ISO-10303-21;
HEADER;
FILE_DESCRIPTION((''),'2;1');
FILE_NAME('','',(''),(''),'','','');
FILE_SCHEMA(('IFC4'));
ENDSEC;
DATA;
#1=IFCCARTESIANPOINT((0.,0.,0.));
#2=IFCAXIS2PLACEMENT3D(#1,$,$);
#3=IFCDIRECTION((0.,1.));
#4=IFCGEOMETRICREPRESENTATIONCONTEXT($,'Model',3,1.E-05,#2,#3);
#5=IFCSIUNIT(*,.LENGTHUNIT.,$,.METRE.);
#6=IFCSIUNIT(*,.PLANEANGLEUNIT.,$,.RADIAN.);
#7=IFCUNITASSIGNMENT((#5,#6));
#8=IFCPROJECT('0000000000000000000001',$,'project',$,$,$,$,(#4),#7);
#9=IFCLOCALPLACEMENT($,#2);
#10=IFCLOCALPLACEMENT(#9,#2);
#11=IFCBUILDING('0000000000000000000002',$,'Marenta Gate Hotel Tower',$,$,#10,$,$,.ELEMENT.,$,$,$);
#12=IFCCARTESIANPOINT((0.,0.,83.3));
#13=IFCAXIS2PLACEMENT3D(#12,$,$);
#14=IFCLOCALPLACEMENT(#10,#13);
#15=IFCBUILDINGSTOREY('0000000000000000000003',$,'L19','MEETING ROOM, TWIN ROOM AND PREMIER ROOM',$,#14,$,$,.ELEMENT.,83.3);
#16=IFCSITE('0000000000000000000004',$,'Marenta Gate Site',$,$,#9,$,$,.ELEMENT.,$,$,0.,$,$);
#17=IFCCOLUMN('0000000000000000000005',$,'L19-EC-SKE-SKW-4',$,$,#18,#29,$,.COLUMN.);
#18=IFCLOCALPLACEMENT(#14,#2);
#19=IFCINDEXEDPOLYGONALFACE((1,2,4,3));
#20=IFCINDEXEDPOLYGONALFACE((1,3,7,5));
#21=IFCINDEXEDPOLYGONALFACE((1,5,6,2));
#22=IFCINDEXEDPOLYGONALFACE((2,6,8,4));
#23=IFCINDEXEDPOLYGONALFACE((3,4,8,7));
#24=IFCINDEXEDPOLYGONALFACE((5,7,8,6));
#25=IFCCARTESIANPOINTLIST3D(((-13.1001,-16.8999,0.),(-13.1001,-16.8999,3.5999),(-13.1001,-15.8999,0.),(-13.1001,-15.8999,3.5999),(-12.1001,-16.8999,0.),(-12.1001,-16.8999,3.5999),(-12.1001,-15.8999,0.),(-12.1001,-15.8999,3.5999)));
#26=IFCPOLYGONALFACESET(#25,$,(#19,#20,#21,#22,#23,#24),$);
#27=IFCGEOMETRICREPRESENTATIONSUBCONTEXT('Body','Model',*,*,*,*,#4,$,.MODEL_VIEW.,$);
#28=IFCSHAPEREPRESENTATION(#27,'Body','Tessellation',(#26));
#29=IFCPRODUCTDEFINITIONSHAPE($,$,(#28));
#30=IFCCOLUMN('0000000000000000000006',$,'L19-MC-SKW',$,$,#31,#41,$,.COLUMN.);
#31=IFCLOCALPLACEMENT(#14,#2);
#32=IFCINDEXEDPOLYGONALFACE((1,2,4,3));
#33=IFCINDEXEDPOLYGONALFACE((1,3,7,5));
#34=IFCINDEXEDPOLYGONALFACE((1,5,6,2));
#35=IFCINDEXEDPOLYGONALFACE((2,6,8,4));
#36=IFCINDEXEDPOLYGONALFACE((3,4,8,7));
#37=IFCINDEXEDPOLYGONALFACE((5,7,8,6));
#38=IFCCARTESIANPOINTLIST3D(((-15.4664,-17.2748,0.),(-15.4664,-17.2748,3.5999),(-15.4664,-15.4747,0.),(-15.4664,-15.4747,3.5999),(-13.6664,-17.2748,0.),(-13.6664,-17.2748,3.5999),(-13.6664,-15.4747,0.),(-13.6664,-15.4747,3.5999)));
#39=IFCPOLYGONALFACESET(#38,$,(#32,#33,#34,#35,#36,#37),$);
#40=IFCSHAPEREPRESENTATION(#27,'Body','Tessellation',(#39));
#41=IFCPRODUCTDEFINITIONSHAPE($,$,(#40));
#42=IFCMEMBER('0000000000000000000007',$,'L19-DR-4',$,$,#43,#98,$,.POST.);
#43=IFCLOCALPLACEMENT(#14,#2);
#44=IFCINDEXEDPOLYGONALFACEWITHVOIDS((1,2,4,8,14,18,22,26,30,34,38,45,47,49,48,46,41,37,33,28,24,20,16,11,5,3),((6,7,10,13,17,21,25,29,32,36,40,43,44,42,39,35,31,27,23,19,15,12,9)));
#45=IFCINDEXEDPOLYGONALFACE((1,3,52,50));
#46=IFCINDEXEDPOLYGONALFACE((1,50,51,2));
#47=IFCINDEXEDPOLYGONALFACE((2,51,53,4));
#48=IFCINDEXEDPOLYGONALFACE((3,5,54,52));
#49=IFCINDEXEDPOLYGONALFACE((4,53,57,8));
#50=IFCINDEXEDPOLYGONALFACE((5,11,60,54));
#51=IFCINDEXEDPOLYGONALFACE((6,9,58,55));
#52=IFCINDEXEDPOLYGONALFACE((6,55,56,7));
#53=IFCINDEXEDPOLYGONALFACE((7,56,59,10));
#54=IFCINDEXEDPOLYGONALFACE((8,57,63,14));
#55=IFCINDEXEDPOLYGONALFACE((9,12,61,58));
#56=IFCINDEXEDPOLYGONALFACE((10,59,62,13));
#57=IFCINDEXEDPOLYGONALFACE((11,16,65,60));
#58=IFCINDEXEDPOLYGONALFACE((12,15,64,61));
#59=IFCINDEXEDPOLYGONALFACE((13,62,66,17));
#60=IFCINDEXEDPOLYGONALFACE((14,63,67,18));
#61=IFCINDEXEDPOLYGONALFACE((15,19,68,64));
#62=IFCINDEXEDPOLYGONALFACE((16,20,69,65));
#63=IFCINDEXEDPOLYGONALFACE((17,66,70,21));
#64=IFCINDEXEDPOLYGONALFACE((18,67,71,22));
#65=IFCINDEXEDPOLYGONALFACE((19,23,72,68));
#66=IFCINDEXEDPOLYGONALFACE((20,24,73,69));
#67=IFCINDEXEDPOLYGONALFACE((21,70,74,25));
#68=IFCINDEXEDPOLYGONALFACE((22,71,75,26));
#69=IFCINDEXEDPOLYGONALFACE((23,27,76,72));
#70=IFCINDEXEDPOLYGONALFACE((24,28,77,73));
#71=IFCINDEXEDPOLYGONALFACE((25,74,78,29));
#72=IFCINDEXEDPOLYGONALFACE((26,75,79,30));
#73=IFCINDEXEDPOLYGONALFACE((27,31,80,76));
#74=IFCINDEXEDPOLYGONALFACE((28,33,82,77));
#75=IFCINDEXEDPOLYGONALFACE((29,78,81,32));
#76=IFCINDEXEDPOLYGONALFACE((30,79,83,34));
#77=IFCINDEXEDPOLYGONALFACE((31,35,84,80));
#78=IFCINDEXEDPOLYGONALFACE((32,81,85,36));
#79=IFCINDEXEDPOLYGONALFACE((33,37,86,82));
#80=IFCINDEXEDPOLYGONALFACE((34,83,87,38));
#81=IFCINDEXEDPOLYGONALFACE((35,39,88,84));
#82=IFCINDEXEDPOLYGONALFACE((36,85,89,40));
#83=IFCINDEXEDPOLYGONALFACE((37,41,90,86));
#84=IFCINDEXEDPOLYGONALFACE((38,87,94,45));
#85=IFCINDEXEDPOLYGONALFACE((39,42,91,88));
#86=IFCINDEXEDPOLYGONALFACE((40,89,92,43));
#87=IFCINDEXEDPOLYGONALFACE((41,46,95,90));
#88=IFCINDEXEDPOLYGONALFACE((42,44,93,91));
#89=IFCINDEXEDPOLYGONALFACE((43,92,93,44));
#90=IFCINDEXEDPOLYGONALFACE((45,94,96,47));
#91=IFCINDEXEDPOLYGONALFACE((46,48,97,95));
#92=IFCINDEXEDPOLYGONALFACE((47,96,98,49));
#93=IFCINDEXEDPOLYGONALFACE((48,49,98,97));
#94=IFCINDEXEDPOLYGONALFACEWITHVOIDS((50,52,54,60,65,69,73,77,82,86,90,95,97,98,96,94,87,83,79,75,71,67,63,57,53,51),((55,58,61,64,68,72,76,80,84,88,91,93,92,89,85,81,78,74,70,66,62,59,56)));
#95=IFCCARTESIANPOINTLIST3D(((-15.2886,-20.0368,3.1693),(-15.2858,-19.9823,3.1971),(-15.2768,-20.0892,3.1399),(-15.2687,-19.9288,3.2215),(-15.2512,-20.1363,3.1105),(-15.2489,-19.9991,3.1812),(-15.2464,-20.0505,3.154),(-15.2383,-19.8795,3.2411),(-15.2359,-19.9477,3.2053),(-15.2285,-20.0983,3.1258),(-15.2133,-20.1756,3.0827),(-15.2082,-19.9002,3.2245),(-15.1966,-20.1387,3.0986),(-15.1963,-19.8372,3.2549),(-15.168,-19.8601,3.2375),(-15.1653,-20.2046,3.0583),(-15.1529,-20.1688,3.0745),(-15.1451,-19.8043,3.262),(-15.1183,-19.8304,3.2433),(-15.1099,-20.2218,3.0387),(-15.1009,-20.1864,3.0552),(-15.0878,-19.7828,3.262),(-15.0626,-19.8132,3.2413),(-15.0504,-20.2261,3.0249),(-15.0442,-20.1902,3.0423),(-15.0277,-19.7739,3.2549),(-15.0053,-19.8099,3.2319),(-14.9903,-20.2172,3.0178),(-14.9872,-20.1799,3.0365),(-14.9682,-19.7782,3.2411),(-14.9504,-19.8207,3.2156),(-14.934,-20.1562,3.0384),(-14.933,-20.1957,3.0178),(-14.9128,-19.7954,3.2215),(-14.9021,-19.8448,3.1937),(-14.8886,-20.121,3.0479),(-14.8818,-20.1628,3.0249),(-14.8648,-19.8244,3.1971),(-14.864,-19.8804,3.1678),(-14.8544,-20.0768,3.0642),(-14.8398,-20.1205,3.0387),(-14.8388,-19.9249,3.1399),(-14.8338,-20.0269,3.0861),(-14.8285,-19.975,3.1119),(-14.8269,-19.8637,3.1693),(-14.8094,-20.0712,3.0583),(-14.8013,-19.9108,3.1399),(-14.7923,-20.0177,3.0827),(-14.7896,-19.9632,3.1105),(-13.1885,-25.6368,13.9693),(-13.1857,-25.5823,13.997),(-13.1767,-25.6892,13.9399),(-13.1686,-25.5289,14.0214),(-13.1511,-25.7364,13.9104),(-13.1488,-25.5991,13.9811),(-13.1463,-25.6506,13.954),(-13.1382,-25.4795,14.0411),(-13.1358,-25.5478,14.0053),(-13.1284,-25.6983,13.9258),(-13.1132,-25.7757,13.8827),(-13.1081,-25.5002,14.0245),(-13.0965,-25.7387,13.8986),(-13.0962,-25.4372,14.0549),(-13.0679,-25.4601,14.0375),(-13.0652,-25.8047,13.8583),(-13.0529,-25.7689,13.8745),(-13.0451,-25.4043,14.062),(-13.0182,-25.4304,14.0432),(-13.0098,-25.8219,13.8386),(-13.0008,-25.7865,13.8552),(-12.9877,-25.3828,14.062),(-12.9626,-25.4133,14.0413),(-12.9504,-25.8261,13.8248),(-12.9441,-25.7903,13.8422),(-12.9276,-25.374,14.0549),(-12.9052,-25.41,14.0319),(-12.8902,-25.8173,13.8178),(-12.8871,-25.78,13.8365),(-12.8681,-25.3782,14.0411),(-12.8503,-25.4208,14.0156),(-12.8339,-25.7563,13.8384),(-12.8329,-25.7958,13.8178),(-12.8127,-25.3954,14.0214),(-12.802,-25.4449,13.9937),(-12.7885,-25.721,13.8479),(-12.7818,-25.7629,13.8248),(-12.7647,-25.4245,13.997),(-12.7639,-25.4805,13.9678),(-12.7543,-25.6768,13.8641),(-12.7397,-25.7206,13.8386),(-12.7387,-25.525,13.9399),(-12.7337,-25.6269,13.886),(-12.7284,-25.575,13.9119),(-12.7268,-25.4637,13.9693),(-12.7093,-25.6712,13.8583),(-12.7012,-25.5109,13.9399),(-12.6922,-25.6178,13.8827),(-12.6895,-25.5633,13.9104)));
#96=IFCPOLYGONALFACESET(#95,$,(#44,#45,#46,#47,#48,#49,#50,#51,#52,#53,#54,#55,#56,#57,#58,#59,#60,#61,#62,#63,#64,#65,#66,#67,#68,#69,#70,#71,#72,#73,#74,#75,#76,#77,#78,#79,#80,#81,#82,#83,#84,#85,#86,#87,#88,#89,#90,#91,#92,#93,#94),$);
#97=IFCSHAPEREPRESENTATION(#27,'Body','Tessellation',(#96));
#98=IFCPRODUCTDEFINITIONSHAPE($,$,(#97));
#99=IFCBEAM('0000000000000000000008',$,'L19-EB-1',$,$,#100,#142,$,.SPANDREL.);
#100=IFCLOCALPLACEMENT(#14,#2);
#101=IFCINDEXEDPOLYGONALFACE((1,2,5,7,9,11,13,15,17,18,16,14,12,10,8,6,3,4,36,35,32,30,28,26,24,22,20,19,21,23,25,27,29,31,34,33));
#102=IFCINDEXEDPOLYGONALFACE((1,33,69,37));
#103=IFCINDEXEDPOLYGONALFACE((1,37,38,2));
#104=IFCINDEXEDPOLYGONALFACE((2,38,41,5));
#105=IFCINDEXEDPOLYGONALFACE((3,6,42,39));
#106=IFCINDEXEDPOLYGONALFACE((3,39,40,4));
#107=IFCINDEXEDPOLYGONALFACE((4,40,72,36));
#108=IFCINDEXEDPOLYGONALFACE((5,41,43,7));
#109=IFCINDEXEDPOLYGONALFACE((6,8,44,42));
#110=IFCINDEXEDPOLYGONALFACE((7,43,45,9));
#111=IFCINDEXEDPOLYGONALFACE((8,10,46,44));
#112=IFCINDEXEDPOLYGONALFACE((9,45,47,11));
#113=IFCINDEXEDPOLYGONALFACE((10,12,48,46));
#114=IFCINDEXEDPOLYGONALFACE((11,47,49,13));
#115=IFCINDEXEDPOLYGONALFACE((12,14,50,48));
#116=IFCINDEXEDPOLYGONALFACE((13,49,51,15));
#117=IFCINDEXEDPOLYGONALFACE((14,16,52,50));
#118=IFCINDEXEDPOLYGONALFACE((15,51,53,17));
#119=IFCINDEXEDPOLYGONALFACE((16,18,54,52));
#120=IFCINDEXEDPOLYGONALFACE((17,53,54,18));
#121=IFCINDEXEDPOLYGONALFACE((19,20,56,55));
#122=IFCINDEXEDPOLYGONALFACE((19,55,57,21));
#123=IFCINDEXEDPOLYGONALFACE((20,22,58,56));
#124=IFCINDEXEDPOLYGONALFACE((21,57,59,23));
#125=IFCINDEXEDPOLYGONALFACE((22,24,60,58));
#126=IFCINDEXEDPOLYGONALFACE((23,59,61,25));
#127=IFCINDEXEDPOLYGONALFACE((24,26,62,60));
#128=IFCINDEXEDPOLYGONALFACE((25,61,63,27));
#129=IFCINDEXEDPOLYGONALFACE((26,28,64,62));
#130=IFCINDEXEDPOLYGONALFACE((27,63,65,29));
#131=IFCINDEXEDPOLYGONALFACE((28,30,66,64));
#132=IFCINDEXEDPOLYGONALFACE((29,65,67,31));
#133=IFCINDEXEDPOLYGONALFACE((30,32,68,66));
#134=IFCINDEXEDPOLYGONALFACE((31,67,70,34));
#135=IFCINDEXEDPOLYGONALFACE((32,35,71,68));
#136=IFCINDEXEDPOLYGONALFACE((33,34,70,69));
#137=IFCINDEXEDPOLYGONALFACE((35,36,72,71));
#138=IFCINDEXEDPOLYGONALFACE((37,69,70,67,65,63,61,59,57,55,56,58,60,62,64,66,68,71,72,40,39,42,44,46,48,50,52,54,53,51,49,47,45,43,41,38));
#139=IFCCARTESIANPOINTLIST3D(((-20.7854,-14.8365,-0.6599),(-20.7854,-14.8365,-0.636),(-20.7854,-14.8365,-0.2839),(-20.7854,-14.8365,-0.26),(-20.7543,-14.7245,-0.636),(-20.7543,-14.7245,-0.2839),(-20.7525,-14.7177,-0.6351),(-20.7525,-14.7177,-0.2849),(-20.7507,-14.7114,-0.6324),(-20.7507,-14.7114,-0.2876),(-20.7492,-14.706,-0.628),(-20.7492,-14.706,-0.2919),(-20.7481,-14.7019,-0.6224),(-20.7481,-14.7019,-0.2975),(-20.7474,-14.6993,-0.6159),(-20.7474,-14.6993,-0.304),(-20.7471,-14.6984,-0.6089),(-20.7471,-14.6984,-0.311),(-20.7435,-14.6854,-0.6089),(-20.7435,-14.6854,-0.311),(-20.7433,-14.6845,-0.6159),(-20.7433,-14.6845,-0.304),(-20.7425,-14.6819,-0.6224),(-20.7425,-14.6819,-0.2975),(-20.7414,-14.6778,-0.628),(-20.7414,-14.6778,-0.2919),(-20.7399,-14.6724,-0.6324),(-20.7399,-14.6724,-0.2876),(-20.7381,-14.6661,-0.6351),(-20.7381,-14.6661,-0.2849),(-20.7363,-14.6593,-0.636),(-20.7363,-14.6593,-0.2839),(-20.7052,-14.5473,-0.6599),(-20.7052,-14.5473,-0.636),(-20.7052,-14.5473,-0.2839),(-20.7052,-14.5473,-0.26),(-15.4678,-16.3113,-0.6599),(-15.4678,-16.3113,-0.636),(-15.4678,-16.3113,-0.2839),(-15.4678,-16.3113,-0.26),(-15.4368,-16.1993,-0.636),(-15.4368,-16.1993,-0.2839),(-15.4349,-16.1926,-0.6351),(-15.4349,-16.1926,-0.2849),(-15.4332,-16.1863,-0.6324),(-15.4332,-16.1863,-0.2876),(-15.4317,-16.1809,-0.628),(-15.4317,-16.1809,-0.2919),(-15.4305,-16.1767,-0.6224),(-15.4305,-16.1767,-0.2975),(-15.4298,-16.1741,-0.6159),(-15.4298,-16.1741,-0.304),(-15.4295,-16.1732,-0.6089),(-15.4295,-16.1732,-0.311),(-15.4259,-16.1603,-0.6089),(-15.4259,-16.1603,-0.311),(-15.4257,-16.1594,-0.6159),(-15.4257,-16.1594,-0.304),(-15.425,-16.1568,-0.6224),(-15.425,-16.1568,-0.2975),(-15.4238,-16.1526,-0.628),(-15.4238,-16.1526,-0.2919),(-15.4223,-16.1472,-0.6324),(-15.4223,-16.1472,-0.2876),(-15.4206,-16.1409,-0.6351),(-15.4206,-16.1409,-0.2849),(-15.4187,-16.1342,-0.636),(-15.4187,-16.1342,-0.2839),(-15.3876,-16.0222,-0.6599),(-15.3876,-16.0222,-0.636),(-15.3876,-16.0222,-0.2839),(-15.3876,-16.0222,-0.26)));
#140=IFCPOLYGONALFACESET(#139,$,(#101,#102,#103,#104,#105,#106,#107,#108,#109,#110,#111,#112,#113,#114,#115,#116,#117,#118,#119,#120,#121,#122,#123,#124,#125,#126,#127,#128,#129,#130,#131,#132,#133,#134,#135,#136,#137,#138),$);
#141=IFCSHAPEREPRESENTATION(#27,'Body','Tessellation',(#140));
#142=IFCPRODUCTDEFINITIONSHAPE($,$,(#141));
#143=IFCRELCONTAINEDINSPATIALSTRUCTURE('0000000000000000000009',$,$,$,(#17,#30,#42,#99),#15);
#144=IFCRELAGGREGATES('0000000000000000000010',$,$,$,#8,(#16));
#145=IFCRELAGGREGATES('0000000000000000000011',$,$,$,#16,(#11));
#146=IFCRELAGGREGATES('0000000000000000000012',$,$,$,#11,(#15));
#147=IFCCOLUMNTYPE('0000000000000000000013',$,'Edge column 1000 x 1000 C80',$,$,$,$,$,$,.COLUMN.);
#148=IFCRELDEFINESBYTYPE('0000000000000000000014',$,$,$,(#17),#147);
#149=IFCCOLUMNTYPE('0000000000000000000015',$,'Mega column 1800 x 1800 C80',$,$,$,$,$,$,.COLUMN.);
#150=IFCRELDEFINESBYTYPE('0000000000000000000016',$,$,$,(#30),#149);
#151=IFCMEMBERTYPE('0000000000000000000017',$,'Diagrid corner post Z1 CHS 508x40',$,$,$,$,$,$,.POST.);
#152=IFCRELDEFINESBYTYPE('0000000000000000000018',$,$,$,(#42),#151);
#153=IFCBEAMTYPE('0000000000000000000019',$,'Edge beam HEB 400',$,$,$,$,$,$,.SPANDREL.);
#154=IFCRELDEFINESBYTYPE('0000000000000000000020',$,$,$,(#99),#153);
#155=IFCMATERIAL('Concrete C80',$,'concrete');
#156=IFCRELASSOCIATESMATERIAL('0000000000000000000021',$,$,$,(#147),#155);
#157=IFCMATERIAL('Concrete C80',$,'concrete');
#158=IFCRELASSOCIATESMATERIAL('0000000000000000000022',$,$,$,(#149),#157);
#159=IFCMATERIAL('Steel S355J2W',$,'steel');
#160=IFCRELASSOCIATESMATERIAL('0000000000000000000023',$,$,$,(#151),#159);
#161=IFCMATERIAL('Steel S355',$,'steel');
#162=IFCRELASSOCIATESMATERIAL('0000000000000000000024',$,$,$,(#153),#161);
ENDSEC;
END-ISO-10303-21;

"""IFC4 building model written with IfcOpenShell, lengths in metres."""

from ifc_helpers import new_model, si_unit, direction, frame, origin, origin_2d, place, context, subcontext, project, spatial, rectangle, hollow_circle, i_section, extrude, material, material_profile, profile_set, type_object, element, save


model = new_model("IFC4")

# Units and contexts
model_context = context("Model", 3, precision=1e-05, world=origin(), true_north=direction((0.0, 1.0)))
body_context = subcontext(model_context, "Body", "Model", "MODEL_VIEW")
ifc_project = project(units=[si_unit("LENGTHUNIT", "METRE"), si_unit("PLANEANGLEUNIT", "RADIAN")], contexts=[model_context])

# Site, building, storey
site_placement = place(None, origin())
site = spatial("IfcSite", under=ifc_project, at=site_placement, Name="Marenta Gate Site", CompositionType="ELEMENT", RefElevation=0.0)
building_placement = place(site_placement, origin())
building = spatial("IfcBuilding", under=site, at=building_placement, Name="Marenta Gate Hotel Tower", CompositionType="ELEMENT")
storey_placement = place(building_placement, frame((0.0, 0.0, 83.3)))
storey = spatial("IfcBuildingStorey", under=building, at=storey_placement, Name="L19", Description="MEETING ROOM, TWIN ROOM AND PREMIER ROOM", CompositionType="ELEMENT", Elevation=83.3)

# Columns
ifc_material_1 = material(Name="Concrete C80", Category="concrete")
ifc_material_profile_1 = material_profile(ifc_material_1, rectangle(XDim=1.0, YDim=1.0, at=origin_2d()), Name="1000 x 1000")
ifc_profile_set_1 = profile_set([ifc_material_profile_1], Name="Concrete C80")
column_type_1 = type_object("IfcColumnType", Name="Edge column 1000 x 1000 C80", PredefinedType="COLUMN", material=ifc_profile_set_1)
column_1_placement = place(storey_placement, frame((-12.6001, -16.3999, 0.0), z_axis=(0.0, 0.0, 1.0), x_axis=(1.0, 0.0, 0.0)))
element("IfcColumn", 1, at=column_1_placement, inside=storey, type_object=column_type_1, Name="L19-EC-SKE-SKW-4", PredefinedType="COLUMN", context=body_context, shape_type="SweptSolid", body=[
    extrude(rectangle(XDim=1.0, YDim=1.0, at=origin_2d()), origin(), (0.0, 0.0, 1.0), 3.5999),
])
ifc_material_2 = material(Name="Concrete C80", Category="concrete")
ifc_material_profile_2 = material_profile(ifc_material_2, rectangle(XDim=1.8, YDim=1.8, at=origin_2d()), Name="1800 x 1800")
ifc_profile_set_2 = profile_set([ifc_material_profile_2], Name="Concrete C80")
column_type_2 = type_object("IfcColumnType", Name="Mega column 1800 x 1800 C80", PredefinedType="COLUMN", material=ifc_profile_set_2)
column_2_placement = place(storey_placement, frame((-14.5664, -16.3748, 0.0), z_axis=(0.0, 0.0, 1.0), x_axis=(1.0, 0.0, 0.0)))
element("IfcColumn", 2, at=column_2_placement, inside=storey, type_object=column_type_2, Name="L19-MC-SKW", PredefinedType="COLUMN", context=body_context, shape_type="SweptSolid", body=[
    extrude(rectangle(XDim=1.8, YDim=1.8, at=origin_2d()), origin(), (0.0, 0.0, 1.0), 3.5999),
])

# Member
ifc_material_3 = material(Name="Steel S355J2W", Category="steel")
ifc_material_profile_3 = material_profile(ifc_material_3, hollow_circle(Radius=0.2539, WallThickness=0.04, at=origin_2d()), Name="CHS 508x40")
ifc_profile_set_3 = profile_set([ifc_material_profile_3], Name="Steel S355J2W")
member_type_1 = type_object("IfcMemberType", Name="Diagrid corner post Z1 CHS 508x40", PredefinedType="POST", material=ifc_profile_set_3)
member_1_placement = place(storey_placement, frame((-15.0391, -20.0, 3.1399), z_axis=(0.17011, -0.453613, 0.874813), x_axis=(0.936326, 0.351132, 0.0)))
element("IfcMember", 3, at=member_1_placement, inside=storey, type_object=member_type_1, Name="L19-DR-4", PredefinedType="POST", context=body_context, shape_type="SweptSolid", body=[
    extrude(hollow_circle(Radius=0.2539, WallThickness=0.04, at=origin_2d()), origin(), (0.0, 0.0, 1.0), 12.3455),
])

# Beam
ifc_material_4 = material(Name="Steel S355", Category="steel")
ifc_material_profile_4 = material_profile(ifc_material_4, i_section(OverallWidth=0.3, OverallDepth=0.3999, WebThickness=0.0134, FlangeThickness=0.0239, FilletRadius=0.0271, at=origin_2d()), Name="HEB 400")
ifc_profile_set_4 = profile_set([ifc_material_profile_4], Name="Steel S355")
beam_type = type_object("IfcBeamType", Name="Edge beam HEB 400", PredefinedType="SPANDREL", material=ifc_profile_set_4)
beam_placement = place(storey_placement, frame((-15.4277, -16.1667, -0.46), z_axis=(-0.963624, 0.267263, 0.0), x_axis=(-0.267263, -0.963624, 0.0)))
element("IfcBeam", 4, at=beam_placement, inside=storey, type_object=beam_type, Name="L19-EB-1", PredefinedType="SPANDREL", context=body_context, shape_type="SweptSolid", body=[
    extrude(i_section(OverallWidth=0.3, OverallDepth=0.3999, WebThickness=0.0134, FlangeThickness=0.0239, FilletRadius=0.0271, at=origin_2d()), origin(), (0.0, 0.0, 1.0), 5.5183),
])

save(model, "model.ifc")
